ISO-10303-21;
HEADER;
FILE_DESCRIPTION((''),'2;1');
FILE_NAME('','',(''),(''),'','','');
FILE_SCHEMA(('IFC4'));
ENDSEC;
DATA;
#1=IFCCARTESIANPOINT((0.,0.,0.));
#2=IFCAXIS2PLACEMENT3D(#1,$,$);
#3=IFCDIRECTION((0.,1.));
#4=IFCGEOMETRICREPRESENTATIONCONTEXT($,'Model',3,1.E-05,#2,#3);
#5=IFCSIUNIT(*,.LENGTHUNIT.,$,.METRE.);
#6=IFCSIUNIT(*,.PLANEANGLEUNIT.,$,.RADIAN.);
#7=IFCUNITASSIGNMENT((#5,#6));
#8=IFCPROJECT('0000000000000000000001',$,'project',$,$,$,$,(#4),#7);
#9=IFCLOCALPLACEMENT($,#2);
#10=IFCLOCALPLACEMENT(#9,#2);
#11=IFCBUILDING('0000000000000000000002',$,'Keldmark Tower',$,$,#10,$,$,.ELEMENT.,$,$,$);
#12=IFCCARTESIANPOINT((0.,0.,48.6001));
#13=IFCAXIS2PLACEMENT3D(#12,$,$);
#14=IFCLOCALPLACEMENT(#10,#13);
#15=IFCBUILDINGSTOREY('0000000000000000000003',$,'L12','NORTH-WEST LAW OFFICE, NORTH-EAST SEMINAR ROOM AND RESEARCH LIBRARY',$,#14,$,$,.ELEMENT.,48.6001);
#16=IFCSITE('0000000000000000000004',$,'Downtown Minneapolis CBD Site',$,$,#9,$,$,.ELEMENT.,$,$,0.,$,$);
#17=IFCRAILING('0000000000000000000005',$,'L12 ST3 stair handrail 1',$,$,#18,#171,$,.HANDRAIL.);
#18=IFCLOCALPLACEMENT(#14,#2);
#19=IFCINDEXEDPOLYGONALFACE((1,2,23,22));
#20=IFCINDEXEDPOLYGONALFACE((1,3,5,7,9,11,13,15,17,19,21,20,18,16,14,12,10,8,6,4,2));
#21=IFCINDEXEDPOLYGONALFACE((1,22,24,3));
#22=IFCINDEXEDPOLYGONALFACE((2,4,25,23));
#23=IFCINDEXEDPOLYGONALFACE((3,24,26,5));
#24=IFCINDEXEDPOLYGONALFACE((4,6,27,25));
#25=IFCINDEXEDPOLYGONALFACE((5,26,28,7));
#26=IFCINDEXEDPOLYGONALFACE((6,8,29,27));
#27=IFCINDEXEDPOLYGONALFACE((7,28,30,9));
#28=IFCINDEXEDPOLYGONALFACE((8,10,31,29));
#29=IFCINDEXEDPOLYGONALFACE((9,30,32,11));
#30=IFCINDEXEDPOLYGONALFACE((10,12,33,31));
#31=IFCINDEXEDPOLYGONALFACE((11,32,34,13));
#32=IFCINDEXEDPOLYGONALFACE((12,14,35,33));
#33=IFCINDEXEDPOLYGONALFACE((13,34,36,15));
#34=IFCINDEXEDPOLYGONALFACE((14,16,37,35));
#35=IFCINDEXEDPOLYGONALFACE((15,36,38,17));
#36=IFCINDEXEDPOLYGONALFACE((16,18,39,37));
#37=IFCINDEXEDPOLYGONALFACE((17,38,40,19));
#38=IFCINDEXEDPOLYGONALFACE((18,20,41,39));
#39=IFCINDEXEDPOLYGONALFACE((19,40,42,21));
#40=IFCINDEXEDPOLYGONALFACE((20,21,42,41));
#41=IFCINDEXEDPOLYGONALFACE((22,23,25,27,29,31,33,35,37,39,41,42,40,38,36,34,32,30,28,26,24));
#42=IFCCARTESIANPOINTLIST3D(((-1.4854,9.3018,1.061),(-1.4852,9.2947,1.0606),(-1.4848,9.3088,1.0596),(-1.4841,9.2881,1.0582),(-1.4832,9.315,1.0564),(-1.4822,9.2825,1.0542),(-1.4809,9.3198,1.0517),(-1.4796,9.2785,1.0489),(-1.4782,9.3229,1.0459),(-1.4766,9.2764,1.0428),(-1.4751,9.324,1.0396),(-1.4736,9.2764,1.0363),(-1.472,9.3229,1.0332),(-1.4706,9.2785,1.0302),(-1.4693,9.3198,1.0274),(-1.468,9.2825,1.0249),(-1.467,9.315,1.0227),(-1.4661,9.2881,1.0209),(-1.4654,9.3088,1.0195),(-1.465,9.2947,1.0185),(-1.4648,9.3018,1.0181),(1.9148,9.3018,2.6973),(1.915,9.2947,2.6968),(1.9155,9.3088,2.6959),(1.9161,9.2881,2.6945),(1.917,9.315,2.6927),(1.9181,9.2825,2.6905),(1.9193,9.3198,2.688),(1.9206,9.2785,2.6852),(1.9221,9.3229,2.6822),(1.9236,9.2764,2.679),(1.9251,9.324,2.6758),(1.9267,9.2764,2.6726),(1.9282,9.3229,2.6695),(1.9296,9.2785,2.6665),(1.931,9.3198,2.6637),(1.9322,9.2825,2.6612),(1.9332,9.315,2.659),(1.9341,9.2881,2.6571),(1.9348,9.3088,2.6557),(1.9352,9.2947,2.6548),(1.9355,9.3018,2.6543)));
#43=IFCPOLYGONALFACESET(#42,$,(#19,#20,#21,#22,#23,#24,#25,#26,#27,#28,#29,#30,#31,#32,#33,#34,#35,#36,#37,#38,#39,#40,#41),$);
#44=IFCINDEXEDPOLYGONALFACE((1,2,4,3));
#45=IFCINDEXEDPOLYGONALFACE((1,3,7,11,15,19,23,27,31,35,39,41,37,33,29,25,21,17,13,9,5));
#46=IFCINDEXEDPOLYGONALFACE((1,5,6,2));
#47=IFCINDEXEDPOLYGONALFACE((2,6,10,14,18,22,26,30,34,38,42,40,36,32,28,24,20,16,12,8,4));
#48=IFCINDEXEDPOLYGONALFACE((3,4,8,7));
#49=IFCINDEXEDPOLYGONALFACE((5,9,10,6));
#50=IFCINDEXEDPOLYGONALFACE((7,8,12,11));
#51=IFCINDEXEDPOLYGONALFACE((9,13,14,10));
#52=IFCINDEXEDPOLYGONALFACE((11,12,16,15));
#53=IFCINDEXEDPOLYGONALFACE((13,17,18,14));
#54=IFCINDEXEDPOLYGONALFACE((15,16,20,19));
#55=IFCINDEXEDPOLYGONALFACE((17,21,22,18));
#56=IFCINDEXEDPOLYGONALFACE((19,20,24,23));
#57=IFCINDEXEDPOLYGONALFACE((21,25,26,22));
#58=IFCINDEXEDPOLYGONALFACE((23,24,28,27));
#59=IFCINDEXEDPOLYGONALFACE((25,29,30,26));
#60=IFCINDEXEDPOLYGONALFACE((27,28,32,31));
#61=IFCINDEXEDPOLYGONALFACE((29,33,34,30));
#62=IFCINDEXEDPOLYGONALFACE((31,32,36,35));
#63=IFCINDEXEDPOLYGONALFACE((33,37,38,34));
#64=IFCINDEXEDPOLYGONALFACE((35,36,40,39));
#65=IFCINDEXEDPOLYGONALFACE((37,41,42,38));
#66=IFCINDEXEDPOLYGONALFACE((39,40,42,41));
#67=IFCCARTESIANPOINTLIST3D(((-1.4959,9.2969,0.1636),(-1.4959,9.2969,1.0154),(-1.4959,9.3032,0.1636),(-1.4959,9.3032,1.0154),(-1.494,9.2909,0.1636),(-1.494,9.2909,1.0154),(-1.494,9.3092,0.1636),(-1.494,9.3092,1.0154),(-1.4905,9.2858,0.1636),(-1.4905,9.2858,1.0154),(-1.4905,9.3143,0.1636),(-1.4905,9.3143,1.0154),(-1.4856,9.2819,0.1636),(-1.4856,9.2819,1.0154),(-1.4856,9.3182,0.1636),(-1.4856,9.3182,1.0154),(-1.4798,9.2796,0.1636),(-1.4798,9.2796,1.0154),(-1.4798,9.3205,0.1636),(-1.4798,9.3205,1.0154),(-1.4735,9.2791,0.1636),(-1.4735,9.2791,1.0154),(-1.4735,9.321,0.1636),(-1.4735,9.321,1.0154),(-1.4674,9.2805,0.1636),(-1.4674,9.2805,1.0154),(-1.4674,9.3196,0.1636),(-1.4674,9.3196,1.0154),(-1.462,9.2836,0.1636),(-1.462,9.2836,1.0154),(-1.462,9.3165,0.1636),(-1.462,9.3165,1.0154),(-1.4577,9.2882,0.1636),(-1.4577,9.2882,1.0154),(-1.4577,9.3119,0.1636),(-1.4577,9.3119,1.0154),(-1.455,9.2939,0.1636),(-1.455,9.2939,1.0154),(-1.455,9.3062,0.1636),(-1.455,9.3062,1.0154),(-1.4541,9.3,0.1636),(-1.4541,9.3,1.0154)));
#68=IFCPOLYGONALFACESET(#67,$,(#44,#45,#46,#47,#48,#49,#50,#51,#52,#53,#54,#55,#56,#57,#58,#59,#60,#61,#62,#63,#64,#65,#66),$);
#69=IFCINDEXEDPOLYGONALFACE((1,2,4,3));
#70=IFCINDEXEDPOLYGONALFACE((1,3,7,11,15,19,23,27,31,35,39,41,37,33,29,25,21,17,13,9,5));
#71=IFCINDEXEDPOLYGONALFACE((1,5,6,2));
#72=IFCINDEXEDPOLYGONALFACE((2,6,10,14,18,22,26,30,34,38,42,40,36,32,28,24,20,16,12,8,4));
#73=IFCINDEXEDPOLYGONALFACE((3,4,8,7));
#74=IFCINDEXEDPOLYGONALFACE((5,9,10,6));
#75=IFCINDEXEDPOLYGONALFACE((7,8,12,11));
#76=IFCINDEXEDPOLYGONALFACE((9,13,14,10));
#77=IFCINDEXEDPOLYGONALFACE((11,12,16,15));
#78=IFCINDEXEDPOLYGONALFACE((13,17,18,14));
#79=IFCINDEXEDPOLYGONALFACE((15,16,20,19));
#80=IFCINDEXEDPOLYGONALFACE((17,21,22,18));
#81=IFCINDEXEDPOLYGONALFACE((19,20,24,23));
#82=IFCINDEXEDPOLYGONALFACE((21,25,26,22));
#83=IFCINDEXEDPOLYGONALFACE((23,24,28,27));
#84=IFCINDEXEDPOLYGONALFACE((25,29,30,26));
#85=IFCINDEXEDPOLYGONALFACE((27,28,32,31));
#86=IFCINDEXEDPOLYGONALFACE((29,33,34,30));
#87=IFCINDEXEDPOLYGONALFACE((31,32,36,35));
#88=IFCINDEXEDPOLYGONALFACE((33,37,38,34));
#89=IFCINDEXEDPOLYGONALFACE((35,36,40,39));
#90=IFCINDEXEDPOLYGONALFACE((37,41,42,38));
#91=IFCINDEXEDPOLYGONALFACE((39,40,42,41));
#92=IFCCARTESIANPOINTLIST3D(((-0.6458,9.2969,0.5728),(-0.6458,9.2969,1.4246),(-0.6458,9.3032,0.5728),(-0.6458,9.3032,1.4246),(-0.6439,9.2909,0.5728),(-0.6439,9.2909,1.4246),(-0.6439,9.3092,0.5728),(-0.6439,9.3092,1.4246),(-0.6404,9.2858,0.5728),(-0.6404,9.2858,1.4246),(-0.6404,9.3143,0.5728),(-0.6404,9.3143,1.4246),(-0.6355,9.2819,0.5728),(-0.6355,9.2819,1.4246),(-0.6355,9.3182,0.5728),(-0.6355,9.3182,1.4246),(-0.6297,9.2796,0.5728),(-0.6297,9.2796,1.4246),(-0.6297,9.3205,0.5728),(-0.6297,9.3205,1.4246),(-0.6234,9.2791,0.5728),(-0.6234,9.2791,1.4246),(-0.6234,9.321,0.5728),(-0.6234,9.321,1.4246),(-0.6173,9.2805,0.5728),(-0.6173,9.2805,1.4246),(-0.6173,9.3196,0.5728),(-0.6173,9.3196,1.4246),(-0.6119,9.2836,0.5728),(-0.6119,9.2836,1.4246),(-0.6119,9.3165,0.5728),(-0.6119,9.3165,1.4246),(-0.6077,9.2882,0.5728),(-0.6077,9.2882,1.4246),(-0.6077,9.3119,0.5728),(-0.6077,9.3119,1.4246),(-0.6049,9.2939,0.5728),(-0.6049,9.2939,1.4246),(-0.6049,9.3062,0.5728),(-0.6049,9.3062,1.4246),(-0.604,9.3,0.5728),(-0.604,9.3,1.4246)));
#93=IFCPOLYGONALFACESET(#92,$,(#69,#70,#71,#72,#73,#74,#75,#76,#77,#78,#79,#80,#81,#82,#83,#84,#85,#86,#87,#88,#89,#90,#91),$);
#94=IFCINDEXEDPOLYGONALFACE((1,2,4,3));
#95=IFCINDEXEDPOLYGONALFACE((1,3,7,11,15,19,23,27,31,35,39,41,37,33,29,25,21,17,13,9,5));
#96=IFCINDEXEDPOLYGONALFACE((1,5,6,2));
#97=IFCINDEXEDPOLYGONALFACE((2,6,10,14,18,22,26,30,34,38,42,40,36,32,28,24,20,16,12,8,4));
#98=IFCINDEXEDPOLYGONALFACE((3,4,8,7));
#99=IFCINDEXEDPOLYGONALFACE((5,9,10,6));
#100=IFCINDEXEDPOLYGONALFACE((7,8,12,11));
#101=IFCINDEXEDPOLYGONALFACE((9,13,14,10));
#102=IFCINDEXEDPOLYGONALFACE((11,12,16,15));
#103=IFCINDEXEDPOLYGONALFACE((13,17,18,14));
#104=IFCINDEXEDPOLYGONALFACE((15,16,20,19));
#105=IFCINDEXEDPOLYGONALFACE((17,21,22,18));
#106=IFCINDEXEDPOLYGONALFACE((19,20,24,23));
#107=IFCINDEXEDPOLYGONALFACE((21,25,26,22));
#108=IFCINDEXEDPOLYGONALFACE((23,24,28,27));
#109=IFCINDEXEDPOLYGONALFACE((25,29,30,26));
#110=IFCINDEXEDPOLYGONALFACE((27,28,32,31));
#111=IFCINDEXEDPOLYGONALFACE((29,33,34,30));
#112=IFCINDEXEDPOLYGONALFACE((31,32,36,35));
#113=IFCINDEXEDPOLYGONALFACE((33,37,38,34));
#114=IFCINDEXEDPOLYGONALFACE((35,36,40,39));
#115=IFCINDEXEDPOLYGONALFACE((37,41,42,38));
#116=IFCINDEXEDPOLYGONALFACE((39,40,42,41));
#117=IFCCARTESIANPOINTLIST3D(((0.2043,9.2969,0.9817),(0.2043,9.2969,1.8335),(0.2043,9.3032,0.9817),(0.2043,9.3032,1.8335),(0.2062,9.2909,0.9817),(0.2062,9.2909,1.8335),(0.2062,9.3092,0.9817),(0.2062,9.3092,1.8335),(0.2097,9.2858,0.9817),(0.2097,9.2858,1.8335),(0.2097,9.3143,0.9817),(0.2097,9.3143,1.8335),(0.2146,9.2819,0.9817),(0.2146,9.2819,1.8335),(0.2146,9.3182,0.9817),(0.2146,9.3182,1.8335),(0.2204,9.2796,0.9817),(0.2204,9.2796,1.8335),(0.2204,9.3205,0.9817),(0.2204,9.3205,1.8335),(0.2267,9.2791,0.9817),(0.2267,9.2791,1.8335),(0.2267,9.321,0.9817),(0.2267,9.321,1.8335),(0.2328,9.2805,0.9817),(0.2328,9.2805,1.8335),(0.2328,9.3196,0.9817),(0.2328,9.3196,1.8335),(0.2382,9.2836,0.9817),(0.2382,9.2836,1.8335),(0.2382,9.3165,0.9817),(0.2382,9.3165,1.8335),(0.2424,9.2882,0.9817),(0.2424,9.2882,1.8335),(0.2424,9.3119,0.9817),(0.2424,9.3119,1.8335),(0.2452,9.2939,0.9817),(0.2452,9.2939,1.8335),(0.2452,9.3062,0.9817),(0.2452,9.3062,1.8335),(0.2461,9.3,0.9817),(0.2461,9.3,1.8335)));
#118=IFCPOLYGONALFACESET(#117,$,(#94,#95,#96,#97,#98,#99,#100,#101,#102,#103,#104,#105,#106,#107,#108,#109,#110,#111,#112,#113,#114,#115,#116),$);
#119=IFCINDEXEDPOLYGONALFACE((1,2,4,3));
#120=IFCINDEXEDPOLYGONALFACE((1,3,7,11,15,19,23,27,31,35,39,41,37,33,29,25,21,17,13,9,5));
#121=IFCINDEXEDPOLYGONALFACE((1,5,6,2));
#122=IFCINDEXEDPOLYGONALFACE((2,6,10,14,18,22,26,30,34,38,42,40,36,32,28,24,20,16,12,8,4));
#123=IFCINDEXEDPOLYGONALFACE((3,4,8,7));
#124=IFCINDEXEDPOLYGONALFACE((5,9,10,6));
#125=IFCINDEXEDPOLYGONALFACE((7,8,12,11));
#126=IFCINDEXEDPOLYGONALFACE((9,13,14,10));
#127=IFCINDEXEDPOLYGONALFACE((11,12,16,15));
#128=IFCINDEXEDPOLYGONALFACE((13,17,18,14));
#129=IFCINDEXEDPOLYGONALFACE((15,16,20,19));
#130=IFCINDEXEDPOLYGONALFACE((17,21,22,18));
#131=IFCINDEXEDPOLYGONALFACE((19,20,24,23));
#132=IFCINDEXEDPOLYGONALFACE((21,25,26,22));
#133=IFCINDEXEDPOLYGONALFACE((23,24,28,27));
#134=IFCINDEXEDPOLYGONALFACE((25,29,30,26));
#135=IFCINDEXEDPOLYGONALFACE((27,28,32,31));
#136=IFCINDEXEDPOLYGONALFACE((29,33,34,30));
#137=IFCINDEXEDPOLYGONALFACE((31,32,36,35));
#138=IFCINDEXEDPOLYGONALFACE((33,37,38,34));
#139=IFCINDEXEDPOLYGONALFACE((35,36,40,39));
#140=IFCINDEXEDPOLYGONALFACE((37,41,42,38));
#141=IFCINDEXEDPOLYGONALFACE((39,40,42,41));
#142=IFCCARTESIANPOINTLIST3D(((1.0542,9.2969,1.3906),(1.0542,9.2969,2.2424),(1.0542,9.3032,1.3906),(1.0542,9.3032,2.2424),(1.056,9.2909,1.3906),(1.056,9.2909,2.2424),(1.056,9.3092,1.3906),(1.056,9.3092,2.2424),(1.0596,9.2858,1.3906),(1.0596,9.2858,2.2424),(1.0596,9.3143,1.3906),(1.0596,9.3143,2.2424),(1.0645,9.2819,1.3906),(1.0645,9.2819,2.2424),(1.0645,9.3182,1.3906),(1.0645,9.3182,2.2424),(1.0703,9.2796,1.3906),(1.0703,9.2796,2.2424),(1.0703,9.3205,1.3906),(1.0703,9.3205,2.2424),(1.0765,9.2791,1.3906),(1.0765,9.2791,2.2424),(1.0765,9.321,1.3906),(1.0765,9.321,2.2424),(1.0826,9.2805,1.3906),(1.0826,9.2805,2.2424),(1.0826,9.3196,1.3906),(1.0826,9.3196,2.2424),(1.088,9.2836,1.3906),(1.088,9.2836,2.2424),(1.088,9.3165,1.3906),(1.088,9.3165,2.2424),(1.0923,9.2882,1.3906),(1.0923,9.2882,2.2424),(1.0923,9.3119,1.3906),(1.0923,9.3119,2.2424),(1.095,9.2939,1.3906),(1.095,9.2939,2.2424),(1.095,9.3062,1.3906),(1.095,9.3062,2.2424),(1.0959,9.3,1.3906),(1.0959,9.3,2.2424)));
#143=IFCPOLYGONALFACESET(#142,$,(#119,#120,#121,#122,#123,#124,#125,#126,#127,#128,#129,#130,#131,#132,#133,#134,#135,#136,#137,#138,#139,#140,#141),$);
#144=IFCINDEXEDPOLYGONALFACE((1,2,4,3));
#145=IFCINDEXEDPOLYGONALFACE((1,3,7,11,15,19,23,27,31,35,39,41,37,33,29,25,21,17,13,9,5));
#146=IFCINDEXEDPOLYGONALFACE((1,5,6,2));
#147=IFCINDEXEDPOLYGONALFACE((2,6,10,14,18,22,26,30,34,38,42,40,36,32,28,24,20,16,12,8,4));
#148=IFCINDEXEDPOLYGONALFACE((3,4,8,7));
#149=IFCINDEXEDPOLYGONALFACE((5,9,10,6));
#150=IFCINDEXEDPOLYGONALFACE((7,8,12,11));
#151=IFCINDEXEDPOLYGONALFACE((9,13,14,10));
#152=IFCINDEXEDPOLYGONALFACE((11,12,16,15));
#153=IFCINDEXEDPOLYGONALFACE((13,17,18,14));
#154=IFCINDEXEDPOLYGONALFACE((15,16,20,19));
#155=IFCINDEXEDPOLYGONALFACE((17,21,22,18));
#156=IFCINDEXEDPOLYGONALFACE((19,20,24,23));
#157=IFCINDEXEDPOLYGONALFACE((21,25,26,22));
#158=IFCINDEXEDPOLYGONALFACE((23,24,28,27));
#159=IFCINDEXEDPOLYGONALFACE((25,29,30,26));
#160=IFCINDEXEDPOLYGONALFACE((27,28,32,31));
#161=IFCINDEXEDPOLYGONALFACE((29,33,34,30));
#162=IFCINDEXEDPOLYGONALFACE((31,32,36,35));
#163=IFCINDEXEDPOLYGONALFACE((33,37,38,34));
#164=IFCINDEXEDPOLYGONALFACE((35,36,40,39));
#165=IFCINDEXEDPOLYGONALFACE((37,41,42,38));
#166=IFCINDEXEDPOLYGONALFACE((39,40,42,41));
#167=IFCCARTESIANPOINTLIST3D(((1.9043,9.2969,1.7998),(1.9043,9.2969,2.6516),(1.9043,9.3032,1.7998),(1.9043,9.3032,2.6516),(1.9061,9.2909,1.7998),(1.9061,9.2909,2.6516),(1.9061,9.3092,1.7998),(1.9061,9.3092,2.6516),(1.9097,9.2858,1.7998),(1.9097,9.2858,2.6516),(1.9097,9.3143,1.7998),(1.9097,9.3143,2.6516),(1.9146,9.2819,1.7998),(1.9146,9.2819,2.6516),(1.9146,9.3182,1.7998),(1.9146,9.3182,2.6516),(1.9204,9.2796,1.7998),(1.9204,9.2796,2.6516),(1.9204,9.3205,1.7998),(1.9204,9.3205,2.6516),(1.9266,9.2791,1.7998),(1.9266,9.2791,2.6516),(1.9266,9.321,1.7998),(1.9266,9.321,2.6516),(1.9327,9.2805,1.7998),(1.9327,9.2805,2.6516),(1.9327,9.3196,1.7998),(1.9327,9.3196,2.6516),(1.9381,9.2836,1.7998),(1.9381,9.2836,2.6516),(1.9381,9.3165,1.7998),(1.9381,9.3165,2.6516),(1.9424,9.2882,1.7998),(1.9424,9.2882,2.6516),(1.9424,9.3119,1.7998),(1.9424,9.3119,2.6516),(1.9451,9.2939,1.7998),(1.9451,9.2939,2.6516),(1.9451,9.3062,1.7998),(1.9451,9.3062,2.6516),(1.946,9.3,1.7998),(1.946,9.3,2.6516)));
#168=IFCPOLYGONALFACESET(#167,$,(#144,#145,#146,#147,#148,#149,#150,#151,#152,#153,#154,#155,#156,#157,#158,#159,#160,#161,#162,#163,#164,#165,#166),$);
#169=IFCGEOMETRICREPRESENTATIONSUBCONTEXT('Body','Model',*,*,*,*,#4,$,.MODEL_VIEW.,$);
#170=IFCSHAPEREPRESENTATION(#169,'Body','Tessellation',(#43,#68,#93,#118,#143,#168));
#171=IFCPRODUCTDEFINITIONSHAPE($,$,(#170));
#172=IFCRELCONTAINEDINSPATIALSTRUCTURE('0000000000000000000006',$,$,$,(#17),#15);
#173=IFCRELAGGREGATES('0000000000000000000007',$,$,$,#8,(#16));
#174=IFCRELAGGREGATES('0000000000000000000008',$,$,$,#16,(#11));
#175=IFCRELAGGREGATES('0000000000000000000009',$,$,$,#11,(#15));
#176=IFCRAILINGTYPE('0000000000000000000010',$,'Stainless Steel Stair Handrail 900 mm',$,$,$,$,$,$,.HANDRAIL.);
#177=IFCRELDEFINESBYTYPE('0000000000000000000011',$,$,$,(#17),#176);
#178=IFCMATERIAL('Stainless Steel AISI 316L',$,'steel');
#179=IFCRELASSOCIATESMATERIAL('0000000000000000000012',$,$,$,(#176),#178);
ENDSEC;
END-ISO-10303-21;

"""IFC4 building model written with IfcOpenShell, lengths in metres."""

from ifc_helpers import new_model, si_unit, direction, frame, origin, origin_2d, place, context, subcontext, project, spatial, circle, extrude, material, type_object, element, save


model = new_model("IFC4")

# Units and contexts
model_context = context("Model", 3, precision=1e-05, world=origin(), true_north=direction((0.0, 1.0)))
body_context = subcontext(model_context, "Body", "Model", "MODEL_VIEW")
ifc_project = project(units=[si_unit("LENGTHUNIT", "METRE"), si_unit("PLANEANGLEUNIT", "RADIAN")], contexts=[model_context])

# Site, building, storey
site_placement = place(None, origin())
site = spatial("IfcSite", under=ifc_project, at=site_placement, Name="Downtown Minneapolis CBD Site", CompositionType="ELEMENT", RefElevation=0.0)
building_placement = place(site_placement, origin())
building = spatial("IfcBuilding", under=site, at=building_placement, Name="Keldmark Tower", CompositionType="ELEMENT")
storey_placement = place(building_placement, frame((0.0, 0.0, 48.6001)))
storey = spatial("IfcBuildingStorey", under=building, at=storey_placement, Name="L12", Description="NORTH-WEST LAW OFFICE, NORTH-EAST SEMINAR ROOM AND RESEARCH LIBRARY", CompositionType="ELEMENT", Elevation=48.6001)

# Railing
ifc_material_1 = material(Name="Stainless Steel AISI 316L", Category="steel")
railing_type = type_object("IfcRailingType", Name="Stainless Steel Stair Handrail 900 mm", PredefinedType="HANDRAIL", material=ifc_material_1)
railing_1_placement = place(storey_placement, frame((-1.4751, 9.3, 0.1636)))
element("IfcRailing", 1, at=railing_1_placement, inside=storey, type_object=railing_type, Name="L12 ST3 stair handrail 1", PredefinedType="HANDRAIL", context=body_context, shape_type="SweptSolid", body=[
    extrude(circle(Radius=0.0239, at=origin_2d()), frame((0.0, 0.0, 0.876), z_axis=(0.901093, 0.0, 0.433627), x_axis=(0.0, 1.0, 0.0)), (0.0, 0.0, 1.0), 3.7734),
    extrude(circle(Radius=0.021, at=origin_2d()), origin(), (0.0, 0.0, 1.0), 0.8518),
    extrude(circle(Radius=0.021, at=origin_2d()), frame((0.8501, 0.0, 0.4092)), (0.0, 0.0, 1.0), 0.8518),
    extrude(circle(Radius=0.021, at=origin_2d()), frame((1.7002, 0.0, 0.8181)), (0.0, 0.0, 1.0), 0.8518),
    extrude(circle(Radius=0.021, at=origin_2d()), frame((2.55, 0.0, 1.2271)), (0.0, 0.0, 1.0), 0.8518),
    extrude(circle(Radius=0.021, at=origin_2d()), frame((3.4001, 0.0, 1.6362)), (0.0, 0.0, 1.0), 0.8518),
])

save(model, "model.ifc")
